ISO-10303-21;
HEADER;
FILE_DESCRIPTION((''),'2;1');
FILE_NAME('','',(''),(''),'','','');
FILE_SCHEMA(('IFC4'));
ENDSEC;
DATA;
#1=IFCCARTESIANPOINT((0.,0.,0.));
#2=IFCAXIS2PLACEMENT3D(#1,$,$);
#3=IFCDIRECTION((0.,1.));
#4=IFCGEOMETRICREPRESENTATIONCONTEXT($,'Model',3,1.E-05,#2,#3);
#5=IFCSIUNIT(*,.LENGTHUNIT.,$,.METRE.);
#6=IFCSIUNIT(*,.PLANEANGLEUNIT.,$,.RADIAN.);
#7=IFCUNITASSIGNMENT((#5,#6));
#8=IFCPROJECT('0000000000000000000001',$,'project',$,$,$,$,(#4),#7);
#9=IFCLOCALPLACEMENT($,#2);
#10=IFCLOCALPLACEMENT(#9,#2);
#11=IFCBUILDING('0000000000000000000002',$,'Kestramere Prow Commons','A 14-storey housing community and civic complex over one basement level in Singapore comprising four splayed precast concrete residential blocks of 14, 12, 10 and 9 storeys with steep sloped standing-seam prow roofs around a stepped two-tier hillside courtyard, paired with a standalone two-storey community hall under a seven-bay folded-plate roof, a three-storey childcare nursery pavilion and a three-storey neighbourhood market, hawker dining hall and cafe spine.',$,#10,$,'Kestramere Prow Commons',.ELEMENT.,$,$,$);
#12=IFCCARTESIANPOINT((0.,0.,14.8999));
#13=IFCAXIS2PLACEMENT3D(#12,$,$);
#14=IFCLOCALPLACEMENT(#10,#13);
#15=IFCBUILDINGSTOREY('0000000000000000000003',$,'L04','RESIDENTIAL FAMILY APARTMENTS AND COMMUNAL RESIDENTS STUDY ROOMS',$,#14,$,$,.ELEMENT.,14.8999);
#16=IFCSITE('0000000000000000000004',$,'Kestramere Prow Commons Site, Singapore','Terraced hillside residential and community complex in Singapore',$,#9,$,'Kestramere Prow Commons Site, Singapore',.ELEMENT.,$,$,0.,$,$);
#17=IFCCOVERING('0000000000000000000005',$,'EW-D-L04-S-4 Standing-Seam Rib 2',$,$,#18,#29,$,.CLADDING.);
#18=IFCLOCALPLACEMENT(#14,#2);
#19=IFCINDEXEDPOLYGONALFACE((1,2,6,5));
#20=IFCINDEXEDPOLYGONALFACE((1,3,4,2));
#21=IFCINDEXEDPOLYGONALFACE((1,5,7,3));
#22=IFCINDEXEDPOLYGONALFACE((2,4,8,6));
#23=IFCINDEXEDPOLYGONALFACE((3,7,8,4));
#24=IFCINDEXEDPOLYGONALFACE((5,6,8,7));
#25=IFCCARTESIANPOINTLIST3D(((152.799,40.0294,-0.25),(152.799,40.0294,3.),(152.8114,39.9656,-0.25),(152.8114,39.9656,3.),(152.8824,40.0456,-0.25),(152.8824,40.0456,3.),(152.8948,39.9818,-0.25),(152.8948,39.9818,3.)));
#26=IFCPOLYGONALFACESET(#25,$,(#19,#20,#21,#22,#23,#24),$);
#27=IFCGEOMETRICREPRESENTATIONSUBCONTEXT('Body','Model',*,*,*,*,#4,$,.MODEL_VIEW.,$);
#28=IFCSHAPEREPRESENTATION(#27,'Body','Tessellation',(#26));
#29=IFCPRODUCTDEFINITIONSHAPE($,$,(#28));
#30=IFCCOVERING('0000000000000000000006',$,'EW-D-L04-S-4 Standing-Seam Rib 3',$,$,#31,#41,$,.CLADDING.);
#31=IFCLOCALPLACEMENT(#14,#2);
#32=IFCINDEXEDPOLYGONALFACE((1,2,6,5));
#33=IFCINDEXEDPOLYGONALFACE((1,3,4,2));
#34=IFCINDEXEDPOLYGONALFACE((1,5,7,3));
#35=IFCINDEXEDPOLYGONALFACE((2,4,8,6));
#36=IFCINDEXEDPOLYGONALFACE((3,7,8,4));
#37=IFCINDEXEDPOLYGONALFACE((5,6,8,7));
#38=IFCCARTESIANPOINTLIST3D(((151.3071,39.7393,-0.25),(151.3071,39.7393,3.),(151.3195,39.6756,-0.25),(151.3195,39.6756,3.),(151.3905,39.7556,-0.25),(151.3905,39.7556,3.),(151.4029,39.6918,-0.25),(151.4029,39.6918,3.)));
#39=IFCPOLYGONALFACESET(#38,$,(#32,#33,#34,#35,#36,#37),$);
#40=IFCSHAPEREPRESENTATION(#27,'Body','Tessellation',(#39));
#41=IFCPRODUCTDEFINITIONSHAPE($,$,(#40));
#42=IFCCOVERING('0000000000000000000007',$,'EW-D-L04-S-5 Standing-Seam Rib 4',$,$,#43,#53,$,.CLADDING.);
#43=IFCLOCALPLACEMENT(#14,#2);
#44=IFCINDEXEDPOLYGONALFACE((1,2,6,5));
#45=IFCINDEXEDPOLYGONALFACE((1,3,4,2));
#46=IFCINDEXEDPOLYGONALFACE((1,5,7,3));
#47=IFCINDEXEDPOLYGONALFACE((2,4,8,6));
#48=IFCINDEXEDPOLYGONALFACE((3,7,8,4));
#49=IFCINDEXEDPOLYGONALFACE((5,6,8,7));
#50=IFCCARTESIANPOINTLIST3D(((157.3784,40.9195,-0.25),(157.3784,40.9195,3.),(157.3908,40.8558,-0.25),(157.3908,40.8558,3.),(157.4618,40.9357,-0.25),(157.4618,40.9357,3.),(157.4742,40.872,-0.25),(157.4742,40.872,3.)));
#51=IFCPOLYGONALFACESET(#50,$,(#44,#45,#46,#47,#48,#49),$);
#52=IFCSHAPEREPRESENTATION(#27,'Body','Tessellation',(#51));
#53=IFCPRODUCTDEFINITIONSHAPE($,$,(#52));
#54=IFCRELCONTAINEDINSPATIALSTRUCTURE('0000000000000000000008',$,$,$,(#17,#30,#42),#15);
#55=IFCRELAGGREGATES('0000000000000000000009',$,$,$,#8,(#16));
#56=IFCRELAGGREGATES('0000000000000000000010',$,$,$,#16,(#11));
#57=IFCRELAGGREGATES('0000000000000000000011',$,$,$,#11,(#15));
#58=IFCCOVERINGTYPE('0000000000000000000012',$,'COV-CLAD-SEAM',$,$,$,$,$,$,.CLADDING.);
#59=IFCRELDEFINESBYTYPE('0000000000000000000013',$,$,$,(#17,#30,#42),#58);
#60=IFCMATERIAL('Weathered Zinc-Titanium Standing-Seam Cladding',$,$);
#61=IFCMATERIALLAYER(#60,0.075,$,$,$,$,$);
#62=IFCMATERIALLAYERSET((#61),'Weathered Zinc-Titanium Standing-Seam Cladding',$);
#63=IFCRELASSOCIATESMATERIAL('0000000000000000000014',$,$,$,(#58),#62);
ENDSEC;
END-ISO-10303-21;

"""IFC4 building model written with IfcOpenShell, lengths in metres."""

from ifc_helpers import new_model, si_unit, direction, frame, origin, origin_2d, place, context, subcontext, project, spatial, rectangle, extrude, material, layer, layer_set, type_object, element, save


model = new_model("IFC4")

# Units and contexts
model_context = context("Model", 3, precision=1e-05, world=origin(), true_north=direction((0.0, 1.0)))
body_context = subcontext(model_context, "Body", "Model", "MODEL_VIEW")
ifc_project = project(units=[si_unit("LENGTHUNIT", "METRE"), si_unit("PLANEANGLEUNIT", "RADIAN")], contexts=[model_context])

# Site, building, storey
site_placement = place(None, origin())
site = spatial("IfcSite", under=ifc_project, at=site_placement, Name="Kestramere Prow Commons Site, Singapore", Description="Terraced hillside residential and community complex in Singapore", LongName="Kestramere Prow Commons Site, Singapore", CompositionType="ELEMENT", RefElevation=0.0)
building_placement = place(site_placement, origin())
building = spatial("IfcBuilding", under=site, at=building_placement, Name="Kestramere Prow Commons", Description="A 14-storey housing community and civic complex over one basement level in Singapore comprising four splayed precast concrete residential blocks of 14, 12, 10 and 9 storeys with steep sloped standing-seam prow roofs around a stepped two-tier hillside courtyard, paired with a standalone two-storey community hall under a seven-bay folded-plate roof, a three-storey childcare nursery pavilion and a three-storey neighbourhood market, hawker dining hall and cafe spine.", LongName="Kestramere Prow Commons", CompositionType="ELEMENT")
storey_placement = place(building_placement, frame((0.0, 0.0, 14.8999)))
storey = spatial("IfcBuildingStorey", under=building, at=storey_placement, Name="L04", Description="RESIDENTIAL FAMILY APARTMENTS AND COMMUNAL RESIDENTS STUDY ROOMS", CompositionType="ELEMENT", Elevation=14.8999)

# Coverings
ifc_material_1 = material(Name="Weathered Zinc-Titanium Standing-Seam Cladding")
ifc_layer_1 = layer(ifc_material_1, 0.075)
ifc_layer_set_1 = layer_set([ifc_layer_1], Name="Weathered Zinc-Titanium Standing-Seam Cladding")
covering_type = type_object("IfcCoveringType", Name="COV-CLAD-SEAM", PredefinedType="CLADDING", material=ifc_layer_set_1)
for number, where, z_axis, x_axis, name in (
    (1, (152.8469, 40.0056, -0.25), (0.0, 0.0, 1.0), (-0.981627, -0.190809, 0.0), "EW-D-L04-S-4 Standing-Seam Rib 2"),
    (2, (151.355, 39.7156, -0.25), (0.0, 0.0, 1.0), (-0.981627, -0.190809, 0.0), "EW-D-L04-S-4 Standing-Seam Rib 3"),
    (3, (157.4263, 40.8958, -0.25), (0.0, 0.0, 1.0), (-0.981627, -0.190809, 0.0), "EW-D-L04-S-5 Standing-Seam Rib 4"),
):
    element("IfcCovering", number, at=place(storey_placement, frame(where, z_axis=z_axis, x_axis=x_axis)), inside=storey, type_object=covering_type, Name=name, PredefinedType="CLADDING", context=body_context, shape_type="SweptSolid", body=[
        extrude(rectangle(XDim=0.085, YDim=0.0649, at=origin_2d()), origin(), (0.0, 0.0, 1.0), 3.25),
    ])

save(model, "model.ifc")
